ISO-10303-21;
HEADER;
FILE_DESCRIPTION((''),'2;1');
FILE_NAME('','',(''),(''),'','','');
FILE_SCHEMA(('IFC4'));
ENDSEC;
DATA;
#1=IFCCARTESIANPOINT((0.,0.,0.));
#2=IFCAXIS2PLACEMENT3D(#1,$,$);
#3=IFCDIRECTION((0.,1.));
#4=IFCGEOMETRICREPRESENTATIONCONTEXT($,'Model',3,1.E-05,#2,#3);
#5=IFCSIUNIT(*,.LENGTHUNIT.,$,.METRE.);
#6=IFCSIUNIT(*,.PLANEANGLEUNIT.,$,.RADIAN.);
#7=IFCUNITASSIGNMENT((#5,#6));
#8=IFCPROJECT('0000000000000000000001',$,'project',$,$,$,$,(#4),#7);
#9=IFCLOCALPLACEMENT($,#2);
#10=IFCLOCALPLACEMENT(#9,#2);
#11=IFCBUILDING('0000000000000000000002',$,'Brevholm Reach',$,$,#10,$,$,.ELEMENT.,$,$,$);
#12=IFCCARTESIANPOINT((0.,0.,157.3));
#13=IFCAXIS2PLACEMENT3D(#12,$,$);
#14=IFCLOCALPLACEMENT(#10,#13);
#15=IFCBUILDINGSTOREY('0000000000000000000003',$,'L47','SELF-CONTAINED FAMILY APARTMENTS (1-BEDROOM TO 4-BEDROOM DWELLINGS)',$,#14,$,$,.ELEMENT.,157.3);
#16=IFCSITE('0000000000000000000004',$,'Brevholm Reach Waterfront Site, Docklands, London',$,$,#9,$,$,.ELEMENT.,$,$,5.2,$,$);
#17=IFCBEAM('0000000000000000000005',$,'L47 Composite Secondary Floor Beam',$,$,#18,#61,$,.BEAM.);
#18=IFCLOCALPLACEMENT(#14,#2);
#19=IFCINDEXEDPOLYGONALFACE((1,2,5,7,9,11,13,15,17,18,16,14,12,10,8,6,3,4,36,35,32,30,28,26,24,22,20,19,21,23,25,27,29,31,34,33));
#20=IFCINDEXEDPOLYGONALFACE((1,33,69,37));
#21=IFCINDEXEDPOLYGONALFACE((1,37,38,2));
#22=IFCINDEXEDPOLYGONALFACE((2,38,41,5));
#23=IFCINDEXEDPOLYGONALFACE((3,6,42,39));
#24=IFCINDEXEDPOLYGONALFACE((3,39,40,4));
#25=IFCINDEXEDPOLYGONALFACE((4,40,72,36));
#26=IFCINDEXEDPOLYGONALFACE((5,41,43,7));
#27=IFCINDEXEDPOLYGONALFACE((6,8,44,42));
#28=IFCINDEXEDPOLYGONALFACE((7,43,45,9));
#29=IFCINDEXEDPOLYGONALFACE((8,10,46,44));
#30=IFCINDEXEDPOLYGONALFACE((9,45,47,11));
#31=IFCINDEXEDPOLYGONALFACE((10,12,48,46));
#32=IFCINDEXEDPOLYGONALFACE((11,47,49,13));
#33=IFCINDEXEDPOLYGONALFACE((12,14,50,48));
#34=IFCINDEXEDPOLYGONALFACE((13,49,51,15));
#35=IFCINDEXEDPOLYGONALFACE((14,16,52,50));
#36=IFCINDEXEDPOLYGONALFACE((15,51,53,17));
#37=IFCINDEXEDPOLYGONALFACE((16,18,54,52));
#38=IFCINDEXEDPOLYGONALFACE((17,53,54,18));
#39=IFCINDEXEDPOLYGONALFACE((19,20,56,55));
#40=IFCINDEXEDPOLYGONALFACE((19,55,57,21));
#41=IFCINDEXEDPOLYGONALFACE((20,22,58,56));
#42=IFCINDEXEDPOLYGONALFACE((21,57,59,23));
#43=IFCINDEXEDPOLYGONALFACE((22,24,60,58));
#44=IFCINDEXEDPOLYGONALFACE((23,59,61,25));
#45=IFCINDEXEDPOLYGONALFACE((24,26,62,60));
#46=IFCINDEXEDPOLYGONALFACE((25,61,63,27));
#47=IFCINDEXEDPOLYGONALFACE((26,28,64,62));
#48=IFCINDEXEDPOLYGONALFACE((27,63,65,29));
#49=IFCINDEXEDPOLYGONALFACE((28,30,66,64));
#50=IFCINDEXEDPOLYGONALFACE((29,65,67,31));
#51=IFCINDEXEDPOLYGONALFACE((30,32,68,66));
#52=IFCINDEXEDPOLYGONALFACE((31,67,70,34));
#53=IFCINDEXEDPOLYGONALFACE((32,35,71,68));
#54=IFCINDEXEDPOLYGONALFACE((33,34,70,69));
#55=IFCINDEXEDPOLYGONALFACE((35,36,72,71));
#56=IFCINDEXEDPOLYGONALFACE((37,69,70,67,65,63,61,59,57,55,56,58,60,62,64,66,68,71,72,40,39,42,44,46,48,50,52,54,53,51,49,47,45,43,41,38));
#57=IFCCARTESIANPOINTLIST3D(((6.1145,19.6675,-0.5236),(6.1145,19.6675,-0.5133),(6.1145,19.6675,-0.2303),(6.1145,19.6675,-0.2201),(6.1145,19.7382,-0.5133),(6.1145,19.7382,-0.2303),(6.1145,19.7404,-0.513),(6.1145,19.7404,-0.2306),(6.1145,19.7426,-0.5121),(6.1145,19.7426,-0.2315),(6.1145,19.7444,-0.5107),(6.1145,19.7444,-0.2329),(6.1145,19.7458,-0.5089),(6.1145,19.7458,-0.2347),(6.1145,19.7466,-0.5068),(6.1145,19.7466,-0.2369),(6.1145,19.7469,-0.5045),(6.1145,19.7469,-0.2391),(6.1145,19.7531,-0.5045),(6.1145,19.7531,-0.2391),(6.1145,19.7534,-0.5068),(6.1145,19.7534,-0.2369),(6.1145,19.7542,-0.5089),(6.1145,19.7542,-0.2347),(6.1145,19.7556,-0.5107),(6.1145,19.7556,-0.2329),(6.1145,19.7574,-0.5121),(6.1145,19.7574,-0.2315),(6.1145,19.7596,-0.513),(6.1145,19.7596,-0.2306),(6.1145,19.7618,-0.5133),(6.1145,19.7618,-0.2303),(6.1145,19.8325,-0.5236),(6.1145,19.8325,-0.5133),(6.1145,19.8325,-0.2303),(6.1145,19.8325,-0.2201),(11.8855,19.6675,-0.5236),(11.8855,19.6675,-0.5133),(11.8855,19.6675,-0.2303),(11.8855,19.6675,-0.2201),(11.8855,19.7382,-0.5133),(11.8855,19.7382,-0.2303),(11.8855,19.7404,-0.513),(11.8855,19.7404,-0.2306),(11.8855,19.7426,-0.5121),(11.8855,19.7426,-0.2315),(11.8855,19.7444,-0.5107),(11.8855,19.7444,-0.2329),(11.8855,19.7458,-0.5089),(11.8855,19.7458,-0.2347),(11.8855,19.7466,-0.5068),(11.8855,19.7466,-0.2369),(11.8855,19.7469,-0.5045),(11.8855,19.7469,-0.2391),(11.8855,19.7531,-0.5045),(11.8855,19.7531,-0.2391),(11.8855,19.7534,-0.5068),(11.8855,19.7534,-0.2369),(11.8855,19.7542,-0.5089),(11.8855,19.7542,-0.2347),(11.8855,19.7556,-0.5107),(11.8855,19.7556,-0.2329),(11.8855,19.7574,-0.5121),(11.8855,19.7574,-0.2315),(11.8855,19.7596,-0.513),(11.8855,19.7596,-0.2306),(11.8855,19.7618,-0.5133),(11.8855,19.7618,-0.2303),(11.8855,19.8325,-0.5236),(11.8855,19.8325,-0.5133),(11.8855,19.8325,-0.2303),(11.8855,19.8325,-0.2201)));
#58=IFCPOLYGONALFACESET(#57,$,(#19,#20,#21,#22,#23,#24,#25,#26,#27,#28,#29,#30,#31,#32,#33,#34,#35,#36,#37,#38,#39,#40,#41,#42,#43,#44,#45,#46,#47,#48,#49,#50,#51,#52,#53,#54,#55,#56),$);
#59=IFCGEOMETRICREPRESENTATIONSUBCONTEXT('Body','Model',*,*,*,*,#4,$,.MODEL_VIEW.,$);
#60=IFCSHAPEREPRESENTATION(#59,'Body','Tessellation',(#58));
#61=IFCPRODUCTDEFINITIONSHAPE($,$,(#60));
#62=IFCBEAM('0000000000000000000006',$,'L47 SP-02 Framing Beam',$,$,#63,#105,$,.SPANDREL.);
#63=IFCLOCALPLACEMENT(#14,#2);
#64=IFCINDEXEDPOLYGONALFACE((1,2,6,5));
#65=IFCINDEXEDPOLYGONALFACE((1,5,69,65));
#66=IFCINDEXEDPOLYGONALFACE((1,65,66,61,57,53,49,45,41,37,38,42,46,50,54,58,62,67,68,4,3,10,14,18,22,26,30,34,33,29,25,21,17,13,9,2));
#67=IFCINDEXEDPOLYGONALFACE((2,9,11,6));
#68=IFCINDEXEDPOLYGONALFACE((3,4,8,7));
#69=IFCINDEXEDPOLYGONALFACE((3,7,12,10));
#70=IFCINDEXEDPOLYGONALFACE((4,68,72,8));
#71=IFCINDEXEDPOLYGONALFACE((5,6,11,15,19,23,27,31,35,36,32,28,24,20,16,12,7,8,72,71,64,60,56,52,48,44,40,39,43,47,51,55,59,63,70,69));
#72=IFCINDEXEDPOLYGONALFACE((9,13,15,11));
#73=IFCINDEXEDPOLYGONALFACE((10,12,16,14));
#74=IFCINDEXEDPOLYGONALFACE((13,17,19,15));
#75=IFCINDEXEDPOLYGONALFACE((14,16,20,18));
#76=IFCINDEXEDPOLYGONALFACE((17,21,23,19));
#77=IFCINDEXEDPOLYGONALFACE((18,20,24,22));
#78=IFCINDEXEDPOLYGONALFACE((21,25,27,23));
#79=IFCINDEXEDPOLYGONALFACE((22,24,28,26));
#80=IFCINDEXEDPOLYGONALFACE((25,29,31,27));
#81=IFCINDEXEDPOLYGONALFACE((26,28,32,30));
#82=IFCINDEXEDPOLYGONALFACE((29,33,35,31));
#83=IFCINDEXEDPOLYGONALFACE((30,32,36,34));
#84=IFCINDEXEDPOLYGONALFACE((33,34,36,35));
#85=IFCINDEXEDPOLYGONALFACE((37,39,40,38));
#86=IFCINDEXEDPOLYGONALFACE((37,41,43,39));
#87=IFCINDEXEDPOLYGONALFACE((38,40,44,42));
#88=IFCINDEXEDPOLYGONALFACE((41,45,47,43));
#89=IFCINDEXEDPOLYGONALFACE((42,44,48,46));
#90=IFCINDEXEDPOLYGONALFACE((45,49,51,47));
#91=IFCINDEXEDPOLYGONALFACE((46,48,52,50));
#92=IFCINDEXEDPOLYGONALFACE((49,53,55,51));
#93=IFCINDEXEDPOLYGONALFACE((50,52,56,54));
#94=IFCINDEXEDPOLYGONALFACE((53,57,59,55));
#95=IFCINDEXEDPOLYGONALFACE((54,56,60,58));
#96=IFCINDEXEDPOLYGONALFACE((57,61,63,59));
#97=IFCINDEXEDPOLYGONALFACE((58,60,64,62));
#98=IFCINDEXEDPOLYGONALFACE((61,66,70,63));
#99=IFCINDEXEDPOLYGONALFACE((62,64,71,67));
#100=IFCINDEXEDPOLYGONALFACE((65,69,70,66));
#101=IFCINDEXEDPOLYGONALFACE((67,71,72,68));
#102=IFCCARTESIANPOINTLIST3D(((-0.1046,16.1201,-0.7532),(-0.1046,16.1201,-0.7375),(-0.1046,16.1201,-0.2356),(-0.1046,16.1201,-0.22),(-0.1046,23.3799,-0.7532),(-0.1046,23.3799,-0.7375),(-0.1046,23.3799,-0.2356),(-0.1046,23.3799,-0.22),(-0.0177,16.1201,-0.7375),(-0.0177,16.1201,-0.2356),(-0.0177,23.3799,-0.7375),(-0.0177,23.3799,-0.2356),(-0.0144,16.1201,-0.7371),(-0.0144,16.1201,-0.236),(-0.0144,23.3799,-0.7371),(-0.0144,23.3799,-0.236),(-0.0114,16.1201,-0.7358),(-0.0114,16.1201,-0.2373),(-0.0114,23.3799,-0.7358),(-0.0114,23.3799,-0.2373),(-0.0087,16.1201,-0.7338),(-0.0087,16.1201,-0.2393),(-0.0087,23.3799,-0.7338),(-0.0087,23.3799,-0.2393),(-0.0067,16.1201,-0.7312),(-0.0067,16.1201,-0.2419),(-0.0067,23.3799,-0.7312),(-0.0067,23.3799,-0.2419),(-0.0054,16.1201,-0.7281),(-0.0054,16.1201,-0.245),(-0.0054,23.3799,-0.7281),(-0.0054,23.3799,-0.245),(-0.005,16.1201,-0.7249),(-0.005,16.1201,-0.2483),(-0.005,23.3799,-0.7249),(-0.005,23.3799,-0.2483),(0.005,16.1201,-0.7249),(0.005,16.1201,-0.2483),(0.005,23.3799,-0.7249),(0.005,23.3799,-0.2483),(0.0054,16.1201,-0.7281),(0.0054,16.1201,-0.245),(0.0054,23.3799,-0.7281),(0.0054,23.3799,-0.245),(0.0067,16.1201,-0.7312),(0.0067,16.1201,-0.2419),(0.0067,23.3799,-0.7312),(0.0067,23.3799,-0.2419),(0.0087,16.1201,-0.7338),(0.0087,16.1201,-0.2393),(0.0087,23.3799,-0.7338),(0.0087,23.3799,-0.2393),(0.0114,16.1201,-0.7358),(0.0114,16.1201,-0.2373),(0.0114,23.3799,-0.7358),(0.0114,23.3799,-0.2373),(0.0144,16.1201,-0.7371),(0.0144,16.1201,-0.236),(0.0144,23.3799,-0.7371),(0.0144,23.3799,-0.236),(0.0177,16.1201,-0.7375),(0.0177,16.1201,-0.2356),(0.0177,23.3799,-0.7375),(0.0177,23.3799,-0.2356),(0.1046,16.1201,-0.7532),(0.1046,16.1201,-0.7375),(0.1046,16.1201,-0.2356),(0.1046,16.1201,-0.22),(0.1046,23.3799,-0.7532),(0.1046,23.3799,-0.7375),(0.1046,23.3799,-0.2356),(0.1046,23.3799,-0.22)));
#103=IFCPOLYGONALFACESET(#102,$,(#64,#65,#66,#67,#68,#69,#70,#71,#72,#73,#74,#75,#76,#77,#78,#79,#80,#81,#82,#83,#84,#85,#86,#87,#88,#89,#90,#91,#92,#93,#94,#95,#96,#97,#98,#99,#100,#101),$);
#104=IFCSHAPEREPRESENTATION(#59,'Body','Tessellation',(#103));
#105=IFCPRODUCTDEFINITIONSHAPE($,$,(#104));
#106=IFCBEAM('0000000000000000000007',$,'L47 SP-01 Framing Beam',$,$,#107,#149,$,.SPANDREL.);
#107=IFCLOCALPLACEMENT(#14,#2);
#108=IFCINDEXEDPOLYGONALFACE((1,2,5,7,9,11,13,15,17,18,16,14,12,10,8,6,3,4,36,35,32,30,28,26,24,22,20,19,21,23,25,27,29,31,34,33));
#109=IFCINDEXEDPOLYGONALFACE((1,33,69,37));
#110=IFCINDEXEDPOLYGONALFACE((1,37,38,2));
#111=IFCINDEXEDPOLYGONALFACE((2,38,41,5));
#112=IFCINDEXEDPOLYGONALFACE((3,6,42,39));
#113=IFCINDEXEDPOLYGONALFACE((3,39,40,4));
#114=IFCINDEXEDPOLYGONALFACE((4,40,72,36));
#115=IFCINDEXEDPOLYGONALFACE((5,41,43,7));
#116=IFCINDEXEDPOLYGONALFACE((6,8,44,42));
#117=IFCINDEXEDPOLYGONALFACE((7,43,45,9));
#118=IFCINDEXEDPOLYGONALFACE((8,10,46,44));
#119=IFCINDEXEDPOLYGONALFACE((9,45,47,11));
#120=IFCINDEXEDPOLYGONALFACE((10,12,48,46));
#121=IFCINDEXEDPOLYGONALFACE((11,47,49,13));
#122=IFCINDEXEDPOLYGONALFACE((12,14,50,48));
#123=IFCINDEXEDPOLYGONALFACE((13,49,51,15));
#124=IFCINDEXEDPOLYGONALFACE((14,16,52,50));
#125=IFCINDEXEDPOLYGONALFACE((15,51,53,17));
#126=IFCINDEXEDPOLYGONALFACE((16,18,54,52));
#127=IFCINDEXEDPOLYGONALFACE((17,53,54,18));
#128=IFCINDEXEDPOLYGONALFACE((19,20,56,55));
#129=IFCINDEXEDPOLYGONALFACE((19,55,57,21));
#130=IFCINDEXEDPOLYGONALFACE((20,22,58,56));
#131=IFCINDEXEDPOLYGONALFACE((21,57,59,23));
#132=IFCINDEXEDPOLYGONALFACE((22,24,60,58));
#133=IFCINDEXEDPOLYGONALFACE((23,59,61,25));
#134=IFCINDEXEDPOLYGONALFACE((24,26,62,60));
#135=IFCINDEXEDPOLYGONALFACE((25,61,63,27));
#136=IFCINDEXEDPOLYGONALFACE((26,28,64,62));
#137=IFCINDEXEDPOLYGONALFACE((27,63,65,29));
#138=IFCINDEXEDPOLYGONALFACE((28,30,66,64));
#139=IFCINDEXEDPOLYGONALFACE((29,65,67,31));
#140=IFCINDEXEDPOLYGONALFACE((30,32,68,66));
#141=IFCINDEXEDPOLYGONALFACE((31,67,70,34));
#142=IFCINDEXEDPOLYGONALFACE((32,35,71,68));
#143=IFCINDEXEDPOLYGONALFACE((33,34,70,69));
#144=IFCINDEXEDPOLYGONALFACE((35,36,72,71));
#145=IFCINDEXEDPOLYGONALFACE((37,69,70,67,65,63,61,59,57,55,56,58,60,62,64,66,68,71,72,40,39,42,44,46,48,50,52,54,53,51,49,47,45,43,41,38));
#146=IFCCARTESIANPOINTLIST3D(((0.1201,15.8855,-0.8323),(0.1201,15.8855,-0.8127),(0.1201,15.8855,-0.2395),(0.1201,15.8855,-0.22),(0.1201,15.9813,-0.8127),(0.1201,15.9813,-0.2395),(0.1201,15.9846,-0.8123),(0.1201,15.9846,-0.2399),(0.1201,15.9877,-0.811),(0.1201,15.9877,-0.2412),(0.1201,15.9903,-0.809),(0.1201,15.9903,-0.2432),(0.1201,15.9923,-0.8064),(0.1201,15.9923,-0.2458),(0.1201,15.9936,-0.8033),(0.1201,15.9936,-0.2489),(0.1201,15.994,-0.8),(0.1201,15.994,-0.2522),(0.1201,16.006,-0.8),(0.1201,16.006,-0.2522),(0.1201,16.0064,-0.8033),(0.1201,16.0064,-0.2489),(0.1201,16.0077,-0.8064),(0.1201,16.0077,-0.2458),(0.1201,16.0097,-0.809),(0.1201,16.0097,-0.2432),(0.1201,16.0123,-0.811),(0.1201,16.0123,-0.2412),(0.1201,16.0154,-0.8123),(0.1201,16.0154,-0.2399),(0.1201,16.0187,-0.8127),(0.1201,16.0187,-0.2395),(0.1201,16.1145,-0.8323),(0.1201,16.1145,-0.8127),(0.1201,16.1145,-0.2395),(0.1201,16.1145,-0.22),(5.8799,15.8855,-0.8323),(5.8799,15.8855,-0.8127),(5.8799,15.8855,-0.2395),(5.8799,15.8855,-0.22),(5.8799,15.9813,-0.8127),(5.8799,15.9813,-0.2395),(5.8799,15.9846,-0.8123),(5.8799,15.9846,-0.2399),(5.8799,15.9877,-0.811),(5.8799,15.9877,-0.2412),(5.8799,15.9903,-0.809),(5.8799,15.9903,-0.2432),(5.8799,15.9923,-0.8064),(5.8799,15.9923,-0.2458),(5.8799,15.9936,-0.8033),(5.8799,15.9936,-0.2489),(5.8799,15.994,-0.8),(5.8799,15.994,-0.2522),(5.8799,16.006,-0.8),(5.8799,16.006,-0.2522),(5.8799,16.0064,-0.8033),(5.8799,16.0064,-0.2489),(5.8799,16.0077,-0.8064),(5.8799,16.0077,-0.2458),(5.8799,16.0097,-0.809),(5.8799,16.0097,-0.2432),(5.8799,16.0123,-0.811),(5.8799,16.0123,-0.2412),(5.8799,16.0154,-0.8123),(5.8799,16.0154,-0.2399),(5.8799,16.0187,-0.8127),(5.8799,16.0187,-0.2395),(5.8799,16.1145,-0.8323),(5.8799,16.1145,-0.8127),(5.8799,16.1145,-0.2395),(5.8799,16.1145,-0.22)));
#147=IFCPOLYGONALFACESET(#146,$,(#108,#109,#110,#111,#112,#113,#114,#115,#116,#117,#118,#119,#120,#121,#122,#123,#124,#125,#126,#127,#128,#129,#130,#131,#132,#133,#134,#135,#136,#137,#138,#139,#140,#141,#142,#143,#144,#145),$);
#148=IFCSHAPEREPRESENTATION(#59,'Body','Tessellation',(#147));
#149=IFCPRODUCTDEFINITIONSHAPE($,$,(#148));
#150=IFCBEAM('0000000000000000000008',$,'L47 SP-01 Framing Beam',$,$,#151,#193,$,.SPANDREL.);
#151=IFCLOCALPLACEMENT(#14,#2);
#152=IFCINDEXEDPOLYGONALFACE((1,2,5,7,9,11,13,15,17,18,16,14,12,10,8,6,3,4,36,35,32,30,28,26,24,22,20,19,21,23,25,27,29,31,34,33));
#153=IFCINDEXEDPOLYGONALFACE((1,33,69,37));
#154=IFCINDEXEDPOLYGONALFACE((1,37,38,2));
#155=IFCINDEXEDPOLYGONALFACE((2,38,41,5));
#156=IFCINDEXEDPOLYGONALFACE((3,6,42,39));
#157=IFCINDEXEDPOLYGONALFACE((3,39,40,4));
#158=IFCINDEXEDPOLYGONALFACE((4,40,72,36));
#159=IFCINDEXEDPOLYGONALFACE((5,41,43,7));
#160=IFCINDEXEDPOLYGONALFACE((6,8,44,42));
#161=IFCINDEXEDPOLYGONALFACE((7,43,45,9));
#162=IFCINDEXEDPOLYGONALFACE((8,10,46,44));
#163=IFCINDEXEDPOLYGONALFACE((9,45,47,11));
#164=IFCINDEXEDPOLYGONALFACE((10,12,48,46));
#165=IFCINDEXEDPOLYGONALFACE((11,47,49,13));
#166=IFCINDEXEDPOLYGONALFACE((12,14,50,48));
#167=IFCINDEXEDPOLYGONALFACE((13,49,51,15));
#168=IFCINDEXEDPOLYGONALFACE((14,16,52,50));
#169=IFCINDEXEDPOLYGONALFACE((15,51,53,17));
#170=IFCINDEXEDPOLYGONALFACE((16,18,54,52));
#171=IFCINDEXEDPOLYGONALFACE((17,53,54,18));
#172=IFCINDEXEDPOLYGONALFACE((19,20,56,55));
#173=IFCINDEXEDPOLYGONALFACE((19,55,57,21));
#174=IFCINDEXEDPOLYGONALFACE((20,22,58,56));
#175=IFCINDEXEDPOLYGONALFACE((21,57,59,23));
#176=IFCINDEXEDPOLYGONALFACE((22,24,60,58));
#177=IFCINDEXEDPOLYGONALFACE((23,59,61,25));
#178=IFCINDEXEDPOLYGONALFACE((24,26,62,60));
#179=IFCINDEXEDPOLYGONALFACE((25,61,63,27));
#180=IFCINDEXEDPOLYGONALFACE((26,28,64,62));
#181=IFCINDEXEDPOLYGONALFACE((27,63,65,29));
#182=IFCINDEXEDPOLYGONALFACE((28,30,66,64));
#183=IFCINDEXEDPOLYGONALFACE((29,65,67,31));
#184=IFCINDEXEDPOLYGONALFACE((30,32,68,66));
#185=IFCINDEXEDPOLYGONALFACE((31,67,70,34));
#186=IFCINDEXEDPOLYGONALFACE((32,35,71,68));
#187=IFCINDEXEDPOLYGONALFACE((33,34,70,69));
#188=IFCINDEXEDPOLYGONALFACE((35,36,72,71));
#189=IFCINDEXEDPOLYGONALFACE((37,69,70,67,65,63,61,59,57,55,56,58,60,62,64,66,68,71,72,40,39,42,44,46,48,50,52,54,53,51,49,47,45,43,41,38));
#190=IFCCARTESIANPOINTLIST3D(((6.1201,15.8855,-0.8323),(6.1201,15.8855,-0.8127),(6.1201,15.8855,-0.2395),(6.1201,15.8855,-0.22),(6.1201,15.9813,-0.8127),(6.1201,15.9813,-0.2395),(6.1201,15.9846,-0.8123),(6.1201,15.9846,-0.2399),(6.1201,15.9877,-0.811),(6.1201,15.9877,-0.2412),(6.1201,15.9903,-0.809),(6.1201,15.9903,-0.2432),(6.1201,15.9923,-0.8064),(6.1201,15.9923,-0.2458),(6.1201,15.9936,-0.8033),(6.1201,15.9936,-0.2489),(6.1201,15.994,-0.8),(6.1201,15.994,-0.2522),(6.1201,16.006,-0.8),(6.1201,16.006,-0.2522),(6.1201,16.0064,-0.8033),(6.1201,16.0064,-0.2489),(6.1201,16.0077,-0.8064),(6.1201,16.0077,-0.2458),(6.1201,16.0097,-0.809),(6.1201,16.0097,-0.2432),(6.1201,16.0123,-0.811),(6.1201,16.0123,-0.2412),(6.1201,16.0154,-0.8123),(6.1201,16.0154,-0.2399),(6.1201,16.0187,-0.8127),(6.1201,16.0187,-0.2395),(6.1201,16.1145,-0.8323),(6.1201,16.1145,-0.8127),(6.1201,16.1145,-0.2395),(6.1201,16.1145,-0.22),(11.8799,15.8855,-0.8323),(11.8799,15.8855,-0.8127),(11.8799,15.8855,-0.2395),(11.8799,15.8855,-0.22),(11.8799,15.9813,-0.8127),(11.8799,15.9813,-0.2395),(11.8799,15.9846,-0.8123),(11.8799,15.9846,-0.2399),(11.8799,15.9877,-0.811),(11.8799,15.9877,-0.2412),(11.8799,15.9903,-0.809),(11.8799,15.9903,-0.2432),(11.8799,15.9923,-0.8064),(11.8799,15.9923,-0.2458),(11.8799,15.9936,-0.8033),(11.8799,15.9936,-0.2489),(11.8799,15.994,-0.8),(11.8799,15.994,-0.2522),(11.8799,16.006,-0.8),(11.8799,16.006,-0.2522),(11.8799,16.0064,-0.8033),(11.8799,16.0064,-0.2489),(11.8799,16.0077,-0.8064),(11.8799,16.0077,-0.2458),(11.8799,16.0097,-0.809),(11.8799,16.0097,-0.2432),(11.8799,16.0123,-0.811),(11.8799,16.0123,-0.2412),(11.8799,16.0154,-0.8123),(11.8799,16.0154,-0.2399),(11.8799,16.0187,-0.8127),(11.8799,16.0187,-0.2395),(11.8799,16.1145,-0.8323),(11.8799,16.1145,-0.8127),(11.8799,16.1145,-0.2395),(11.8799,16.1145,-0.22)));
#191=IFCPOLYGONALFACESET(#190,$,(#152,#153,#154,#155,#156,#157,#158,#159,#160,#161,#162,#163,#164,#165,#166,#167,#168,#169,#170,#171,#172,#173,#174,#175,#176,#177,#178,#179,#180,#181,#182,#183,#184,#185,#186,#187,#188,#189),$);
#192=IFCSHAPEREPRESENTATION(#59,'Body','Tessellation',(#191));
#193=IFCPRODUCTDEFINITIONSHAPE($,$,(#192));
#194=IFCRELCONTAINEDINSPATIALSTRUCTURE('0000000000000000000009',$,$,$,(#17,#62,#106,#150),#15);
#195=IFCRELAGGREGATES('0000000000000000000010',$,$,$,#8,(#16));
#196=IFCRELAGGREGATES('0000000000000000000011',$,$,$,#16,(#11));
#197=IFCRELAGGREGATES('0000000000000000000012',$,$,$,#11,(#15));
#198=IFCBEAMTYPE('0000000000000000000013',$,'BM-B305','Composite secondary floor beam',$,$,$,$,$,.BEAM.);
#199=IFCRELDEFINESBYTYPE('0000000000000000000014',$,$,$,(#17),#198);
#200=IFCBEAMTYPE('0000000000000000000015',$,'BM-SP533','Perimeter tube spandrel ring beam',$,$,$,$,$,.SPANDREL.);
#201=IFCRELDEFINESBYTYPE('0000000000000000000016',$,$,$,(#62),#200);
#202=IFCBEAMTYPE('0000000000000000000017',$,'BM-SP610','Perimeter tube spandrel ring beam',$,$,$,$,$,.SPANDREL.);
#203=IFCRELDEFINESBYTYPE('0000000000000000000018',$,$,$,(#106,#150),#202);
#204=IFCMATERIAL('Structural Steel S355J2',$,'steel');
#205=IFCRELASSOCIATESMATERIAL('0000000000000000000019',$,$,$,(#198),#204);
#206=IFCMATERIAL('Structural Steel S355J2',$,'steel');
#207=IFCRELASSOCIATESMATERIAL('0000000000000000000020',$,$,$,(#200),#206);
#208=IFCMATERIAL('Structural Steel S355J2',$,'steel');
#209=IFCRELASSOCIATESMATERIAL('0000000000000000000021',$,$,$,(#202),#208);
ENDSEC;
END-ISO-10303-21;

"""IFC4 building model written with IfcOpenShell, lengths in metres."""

from ifc_helpers import new_model, si_unit, direction, frame, origin, origin_2d, place, context, subcontext, project, spatial, i_section, extrude, material, material_profile, profile_set, type_object, element, save


model = new_model("IFC4")

# Units and contexts
model_context = context("Model", 3, precision=1e-05, world=origin(), true_north=direction((0.0, 1.0)))
body_context = subcontext(model_context, "Body", "Model", "MODEL_VIEW")
ifc_project = project(units=[si_unit("LENGTHUNIT", "METRE"), si_unit("PLANEANGLEUNIT", "RADIAN")], contexts=[model_context])

# Site, building, storey
site_placement = place(None, origin())
site = spatial("IfcSite", under=ifc_project, at=site_placement, Name="Brevholm Reach Waterfront Site, Docklands, London", CompositionType="ELEMENT", RefElevation=5.2)
building_placement = place(site_placement, origin())
building = spatial("IfcBuilding", under=site, at=building_placement, Name="Brevholm Reach", CompositionType="ELEMENT")
storey_placement = place(building_placement, frame((0.0, 0.0, 157.3)))
storey = spatial("IfcBuildingStorey", under=building, at=storey_placement, Name="L47", Description="SELF-CONTAINED FAMILY APARTMENTS (1-BEDROOM TO 4-BEDROOM DWELLINGS)", CompositionType="ELEMENT", Elevation=157.3)

# Beams
ifc_material_1 = material(Name="Structural Steel S355J2", Category="steel")
ifc_material_profile_1 = material_profile(ifc_material_1, i_section(OverallWidth=0.165, OverallDepth=0.3035, WebThickness=0.0061, FlangeThickness=0.0103, FilletRadius=0.0088, at=origin_2d()), Name="UKB 305x165x40")
ifc_profile_set_1 = profile_set([ifc_material_profile_1], Name="Structural Steel S355J2")
beam_type_1 = type_object("IfcBeamType", Name="BM-B305", Description="Composite secondary floor beam", PredefinedType="BEAM", material=ifc_profile_set_1)
beam_1_placement = place(storey_placement, frame((6.1145, 19.75, -0.3718), z_axis=(1.0, 0.0, 0.0), x_axis=(0.0, 1.0, 0.0)))
element("IfcBeam", 1, at=beam_1_placement, inside=storey, type_object=beam_type_1, Name="L47 Composite Secondary Floor Beam", PredefinedType="BEAM", context=body_context, shape_type="SweptSolid", body=[
    extrude(i_section(OverallWidth=0.165, OverallDepth=0.3035, WebThickness=0.0061, FlangeThickness=0.0103, FilletRadius=0.0088, at=origin_2d()), origin(), (0.0, 0.0, 1.0), 5.771),
])
ifc_material_2 = material(Name="Structural Steel S355J2", Category="steel")
ifc_material_profile_2 = material_profile(ifc_material_2, i_section(OverallWidth=0.2092, OverallDepth=0.5332, WebThickness=0.01, FlangeThickness=0.0156, FilletRadius=0.0127, at=origin_2d()), Name="UKB 533x210x92")
ifc_profile_set_2 = profile_set([ifc_material_profile_2], Name="Structural Steel S355J2")
beam_type_2 = type_object("IfcBeamType", Name="BM-SP533", Description="Perimeter tube spandrel ring beam", PredefinedType="SPANDREL", material=ifc_profile_set_2)
beam_2_placement = place(storey_placement, frame((0.0, 16.1201, -0.4866), z_axis=(0.0, 1.0, 0.0), x_axis=(-1.0, 0.0, 0.0)))
element("IfcBeam", 2, at=beam_2_placement, inside=storey, type_object=beam_type_2, Name="L47 SP-02 Framing Beam", PredefinedType="SPANDREL", context=body_context, shape_type="SweptSolid", body=[
    extrude(i_section(OverallWidth=0.2092, OverallDepth=0.5332, WebThickness=0.01, FlangeThickness=0.0156, FilletRadius=0.0127, at=origin_2d()), origin(), (0.0, 0.0, 1.0), 7.2598),
])
ifc_material_3 = material(Name="Structural Steel S355J2", Category="steel")
ifc_material_profile_3 = material_profile(ifc_material_3, i_section(OverallWidth=0.229, OverallDepth=0.6123, WebThickness=0.012, FlangeThickness=0.0195, FilletRadius=0.0127, at=origin_2d()), Name="UKB 610x229x125")
ifc_profile_set_3 = profile_set([ifc_material_profile_3], Name="Structural Steel S355J2")
beam_type_3 = type_object("IfcBeamType", Name="BM-SP610", Description="Perimeter tube spandrel ring beam", PredefinedType="SPANDREL", material=ifc_profile_set_3)
for number, where, z_axis, x_axis, name in (
    (3, (0.1201, 16.0, -0.5261), (1.0, 0.0, 0.0), (0.0, 1.0, 0.0), "L47 SP-01 Framing Beam"),
    (4, (6.1201, 16.0, -0.5261), (1.0, 0.0, 0.0), (0.0, 1.0, 0.0), "L47 SP-01 Framing Beam"),
):
    element("IfcBeam", number, at=place(storey_placement, frame(where, z_axis=z_axis, x_axis=x_axis)), inside=storey, type_object=beam_type_3, Name=name, PredefinedType="SPANDREL", context=body_context, shape_type="SweptSolid", body=[
        extrude(i_section(OverallWidth=0.229, OverallDepth=0.6123, WebThickness=0.012, FlangeThickness=0.0195, FilletRadius=0.0127, at=origin_2d()), origin(), (0.0, 0.0, 1.0), 5.7598),
    ])

save(model, "model.ifc")
